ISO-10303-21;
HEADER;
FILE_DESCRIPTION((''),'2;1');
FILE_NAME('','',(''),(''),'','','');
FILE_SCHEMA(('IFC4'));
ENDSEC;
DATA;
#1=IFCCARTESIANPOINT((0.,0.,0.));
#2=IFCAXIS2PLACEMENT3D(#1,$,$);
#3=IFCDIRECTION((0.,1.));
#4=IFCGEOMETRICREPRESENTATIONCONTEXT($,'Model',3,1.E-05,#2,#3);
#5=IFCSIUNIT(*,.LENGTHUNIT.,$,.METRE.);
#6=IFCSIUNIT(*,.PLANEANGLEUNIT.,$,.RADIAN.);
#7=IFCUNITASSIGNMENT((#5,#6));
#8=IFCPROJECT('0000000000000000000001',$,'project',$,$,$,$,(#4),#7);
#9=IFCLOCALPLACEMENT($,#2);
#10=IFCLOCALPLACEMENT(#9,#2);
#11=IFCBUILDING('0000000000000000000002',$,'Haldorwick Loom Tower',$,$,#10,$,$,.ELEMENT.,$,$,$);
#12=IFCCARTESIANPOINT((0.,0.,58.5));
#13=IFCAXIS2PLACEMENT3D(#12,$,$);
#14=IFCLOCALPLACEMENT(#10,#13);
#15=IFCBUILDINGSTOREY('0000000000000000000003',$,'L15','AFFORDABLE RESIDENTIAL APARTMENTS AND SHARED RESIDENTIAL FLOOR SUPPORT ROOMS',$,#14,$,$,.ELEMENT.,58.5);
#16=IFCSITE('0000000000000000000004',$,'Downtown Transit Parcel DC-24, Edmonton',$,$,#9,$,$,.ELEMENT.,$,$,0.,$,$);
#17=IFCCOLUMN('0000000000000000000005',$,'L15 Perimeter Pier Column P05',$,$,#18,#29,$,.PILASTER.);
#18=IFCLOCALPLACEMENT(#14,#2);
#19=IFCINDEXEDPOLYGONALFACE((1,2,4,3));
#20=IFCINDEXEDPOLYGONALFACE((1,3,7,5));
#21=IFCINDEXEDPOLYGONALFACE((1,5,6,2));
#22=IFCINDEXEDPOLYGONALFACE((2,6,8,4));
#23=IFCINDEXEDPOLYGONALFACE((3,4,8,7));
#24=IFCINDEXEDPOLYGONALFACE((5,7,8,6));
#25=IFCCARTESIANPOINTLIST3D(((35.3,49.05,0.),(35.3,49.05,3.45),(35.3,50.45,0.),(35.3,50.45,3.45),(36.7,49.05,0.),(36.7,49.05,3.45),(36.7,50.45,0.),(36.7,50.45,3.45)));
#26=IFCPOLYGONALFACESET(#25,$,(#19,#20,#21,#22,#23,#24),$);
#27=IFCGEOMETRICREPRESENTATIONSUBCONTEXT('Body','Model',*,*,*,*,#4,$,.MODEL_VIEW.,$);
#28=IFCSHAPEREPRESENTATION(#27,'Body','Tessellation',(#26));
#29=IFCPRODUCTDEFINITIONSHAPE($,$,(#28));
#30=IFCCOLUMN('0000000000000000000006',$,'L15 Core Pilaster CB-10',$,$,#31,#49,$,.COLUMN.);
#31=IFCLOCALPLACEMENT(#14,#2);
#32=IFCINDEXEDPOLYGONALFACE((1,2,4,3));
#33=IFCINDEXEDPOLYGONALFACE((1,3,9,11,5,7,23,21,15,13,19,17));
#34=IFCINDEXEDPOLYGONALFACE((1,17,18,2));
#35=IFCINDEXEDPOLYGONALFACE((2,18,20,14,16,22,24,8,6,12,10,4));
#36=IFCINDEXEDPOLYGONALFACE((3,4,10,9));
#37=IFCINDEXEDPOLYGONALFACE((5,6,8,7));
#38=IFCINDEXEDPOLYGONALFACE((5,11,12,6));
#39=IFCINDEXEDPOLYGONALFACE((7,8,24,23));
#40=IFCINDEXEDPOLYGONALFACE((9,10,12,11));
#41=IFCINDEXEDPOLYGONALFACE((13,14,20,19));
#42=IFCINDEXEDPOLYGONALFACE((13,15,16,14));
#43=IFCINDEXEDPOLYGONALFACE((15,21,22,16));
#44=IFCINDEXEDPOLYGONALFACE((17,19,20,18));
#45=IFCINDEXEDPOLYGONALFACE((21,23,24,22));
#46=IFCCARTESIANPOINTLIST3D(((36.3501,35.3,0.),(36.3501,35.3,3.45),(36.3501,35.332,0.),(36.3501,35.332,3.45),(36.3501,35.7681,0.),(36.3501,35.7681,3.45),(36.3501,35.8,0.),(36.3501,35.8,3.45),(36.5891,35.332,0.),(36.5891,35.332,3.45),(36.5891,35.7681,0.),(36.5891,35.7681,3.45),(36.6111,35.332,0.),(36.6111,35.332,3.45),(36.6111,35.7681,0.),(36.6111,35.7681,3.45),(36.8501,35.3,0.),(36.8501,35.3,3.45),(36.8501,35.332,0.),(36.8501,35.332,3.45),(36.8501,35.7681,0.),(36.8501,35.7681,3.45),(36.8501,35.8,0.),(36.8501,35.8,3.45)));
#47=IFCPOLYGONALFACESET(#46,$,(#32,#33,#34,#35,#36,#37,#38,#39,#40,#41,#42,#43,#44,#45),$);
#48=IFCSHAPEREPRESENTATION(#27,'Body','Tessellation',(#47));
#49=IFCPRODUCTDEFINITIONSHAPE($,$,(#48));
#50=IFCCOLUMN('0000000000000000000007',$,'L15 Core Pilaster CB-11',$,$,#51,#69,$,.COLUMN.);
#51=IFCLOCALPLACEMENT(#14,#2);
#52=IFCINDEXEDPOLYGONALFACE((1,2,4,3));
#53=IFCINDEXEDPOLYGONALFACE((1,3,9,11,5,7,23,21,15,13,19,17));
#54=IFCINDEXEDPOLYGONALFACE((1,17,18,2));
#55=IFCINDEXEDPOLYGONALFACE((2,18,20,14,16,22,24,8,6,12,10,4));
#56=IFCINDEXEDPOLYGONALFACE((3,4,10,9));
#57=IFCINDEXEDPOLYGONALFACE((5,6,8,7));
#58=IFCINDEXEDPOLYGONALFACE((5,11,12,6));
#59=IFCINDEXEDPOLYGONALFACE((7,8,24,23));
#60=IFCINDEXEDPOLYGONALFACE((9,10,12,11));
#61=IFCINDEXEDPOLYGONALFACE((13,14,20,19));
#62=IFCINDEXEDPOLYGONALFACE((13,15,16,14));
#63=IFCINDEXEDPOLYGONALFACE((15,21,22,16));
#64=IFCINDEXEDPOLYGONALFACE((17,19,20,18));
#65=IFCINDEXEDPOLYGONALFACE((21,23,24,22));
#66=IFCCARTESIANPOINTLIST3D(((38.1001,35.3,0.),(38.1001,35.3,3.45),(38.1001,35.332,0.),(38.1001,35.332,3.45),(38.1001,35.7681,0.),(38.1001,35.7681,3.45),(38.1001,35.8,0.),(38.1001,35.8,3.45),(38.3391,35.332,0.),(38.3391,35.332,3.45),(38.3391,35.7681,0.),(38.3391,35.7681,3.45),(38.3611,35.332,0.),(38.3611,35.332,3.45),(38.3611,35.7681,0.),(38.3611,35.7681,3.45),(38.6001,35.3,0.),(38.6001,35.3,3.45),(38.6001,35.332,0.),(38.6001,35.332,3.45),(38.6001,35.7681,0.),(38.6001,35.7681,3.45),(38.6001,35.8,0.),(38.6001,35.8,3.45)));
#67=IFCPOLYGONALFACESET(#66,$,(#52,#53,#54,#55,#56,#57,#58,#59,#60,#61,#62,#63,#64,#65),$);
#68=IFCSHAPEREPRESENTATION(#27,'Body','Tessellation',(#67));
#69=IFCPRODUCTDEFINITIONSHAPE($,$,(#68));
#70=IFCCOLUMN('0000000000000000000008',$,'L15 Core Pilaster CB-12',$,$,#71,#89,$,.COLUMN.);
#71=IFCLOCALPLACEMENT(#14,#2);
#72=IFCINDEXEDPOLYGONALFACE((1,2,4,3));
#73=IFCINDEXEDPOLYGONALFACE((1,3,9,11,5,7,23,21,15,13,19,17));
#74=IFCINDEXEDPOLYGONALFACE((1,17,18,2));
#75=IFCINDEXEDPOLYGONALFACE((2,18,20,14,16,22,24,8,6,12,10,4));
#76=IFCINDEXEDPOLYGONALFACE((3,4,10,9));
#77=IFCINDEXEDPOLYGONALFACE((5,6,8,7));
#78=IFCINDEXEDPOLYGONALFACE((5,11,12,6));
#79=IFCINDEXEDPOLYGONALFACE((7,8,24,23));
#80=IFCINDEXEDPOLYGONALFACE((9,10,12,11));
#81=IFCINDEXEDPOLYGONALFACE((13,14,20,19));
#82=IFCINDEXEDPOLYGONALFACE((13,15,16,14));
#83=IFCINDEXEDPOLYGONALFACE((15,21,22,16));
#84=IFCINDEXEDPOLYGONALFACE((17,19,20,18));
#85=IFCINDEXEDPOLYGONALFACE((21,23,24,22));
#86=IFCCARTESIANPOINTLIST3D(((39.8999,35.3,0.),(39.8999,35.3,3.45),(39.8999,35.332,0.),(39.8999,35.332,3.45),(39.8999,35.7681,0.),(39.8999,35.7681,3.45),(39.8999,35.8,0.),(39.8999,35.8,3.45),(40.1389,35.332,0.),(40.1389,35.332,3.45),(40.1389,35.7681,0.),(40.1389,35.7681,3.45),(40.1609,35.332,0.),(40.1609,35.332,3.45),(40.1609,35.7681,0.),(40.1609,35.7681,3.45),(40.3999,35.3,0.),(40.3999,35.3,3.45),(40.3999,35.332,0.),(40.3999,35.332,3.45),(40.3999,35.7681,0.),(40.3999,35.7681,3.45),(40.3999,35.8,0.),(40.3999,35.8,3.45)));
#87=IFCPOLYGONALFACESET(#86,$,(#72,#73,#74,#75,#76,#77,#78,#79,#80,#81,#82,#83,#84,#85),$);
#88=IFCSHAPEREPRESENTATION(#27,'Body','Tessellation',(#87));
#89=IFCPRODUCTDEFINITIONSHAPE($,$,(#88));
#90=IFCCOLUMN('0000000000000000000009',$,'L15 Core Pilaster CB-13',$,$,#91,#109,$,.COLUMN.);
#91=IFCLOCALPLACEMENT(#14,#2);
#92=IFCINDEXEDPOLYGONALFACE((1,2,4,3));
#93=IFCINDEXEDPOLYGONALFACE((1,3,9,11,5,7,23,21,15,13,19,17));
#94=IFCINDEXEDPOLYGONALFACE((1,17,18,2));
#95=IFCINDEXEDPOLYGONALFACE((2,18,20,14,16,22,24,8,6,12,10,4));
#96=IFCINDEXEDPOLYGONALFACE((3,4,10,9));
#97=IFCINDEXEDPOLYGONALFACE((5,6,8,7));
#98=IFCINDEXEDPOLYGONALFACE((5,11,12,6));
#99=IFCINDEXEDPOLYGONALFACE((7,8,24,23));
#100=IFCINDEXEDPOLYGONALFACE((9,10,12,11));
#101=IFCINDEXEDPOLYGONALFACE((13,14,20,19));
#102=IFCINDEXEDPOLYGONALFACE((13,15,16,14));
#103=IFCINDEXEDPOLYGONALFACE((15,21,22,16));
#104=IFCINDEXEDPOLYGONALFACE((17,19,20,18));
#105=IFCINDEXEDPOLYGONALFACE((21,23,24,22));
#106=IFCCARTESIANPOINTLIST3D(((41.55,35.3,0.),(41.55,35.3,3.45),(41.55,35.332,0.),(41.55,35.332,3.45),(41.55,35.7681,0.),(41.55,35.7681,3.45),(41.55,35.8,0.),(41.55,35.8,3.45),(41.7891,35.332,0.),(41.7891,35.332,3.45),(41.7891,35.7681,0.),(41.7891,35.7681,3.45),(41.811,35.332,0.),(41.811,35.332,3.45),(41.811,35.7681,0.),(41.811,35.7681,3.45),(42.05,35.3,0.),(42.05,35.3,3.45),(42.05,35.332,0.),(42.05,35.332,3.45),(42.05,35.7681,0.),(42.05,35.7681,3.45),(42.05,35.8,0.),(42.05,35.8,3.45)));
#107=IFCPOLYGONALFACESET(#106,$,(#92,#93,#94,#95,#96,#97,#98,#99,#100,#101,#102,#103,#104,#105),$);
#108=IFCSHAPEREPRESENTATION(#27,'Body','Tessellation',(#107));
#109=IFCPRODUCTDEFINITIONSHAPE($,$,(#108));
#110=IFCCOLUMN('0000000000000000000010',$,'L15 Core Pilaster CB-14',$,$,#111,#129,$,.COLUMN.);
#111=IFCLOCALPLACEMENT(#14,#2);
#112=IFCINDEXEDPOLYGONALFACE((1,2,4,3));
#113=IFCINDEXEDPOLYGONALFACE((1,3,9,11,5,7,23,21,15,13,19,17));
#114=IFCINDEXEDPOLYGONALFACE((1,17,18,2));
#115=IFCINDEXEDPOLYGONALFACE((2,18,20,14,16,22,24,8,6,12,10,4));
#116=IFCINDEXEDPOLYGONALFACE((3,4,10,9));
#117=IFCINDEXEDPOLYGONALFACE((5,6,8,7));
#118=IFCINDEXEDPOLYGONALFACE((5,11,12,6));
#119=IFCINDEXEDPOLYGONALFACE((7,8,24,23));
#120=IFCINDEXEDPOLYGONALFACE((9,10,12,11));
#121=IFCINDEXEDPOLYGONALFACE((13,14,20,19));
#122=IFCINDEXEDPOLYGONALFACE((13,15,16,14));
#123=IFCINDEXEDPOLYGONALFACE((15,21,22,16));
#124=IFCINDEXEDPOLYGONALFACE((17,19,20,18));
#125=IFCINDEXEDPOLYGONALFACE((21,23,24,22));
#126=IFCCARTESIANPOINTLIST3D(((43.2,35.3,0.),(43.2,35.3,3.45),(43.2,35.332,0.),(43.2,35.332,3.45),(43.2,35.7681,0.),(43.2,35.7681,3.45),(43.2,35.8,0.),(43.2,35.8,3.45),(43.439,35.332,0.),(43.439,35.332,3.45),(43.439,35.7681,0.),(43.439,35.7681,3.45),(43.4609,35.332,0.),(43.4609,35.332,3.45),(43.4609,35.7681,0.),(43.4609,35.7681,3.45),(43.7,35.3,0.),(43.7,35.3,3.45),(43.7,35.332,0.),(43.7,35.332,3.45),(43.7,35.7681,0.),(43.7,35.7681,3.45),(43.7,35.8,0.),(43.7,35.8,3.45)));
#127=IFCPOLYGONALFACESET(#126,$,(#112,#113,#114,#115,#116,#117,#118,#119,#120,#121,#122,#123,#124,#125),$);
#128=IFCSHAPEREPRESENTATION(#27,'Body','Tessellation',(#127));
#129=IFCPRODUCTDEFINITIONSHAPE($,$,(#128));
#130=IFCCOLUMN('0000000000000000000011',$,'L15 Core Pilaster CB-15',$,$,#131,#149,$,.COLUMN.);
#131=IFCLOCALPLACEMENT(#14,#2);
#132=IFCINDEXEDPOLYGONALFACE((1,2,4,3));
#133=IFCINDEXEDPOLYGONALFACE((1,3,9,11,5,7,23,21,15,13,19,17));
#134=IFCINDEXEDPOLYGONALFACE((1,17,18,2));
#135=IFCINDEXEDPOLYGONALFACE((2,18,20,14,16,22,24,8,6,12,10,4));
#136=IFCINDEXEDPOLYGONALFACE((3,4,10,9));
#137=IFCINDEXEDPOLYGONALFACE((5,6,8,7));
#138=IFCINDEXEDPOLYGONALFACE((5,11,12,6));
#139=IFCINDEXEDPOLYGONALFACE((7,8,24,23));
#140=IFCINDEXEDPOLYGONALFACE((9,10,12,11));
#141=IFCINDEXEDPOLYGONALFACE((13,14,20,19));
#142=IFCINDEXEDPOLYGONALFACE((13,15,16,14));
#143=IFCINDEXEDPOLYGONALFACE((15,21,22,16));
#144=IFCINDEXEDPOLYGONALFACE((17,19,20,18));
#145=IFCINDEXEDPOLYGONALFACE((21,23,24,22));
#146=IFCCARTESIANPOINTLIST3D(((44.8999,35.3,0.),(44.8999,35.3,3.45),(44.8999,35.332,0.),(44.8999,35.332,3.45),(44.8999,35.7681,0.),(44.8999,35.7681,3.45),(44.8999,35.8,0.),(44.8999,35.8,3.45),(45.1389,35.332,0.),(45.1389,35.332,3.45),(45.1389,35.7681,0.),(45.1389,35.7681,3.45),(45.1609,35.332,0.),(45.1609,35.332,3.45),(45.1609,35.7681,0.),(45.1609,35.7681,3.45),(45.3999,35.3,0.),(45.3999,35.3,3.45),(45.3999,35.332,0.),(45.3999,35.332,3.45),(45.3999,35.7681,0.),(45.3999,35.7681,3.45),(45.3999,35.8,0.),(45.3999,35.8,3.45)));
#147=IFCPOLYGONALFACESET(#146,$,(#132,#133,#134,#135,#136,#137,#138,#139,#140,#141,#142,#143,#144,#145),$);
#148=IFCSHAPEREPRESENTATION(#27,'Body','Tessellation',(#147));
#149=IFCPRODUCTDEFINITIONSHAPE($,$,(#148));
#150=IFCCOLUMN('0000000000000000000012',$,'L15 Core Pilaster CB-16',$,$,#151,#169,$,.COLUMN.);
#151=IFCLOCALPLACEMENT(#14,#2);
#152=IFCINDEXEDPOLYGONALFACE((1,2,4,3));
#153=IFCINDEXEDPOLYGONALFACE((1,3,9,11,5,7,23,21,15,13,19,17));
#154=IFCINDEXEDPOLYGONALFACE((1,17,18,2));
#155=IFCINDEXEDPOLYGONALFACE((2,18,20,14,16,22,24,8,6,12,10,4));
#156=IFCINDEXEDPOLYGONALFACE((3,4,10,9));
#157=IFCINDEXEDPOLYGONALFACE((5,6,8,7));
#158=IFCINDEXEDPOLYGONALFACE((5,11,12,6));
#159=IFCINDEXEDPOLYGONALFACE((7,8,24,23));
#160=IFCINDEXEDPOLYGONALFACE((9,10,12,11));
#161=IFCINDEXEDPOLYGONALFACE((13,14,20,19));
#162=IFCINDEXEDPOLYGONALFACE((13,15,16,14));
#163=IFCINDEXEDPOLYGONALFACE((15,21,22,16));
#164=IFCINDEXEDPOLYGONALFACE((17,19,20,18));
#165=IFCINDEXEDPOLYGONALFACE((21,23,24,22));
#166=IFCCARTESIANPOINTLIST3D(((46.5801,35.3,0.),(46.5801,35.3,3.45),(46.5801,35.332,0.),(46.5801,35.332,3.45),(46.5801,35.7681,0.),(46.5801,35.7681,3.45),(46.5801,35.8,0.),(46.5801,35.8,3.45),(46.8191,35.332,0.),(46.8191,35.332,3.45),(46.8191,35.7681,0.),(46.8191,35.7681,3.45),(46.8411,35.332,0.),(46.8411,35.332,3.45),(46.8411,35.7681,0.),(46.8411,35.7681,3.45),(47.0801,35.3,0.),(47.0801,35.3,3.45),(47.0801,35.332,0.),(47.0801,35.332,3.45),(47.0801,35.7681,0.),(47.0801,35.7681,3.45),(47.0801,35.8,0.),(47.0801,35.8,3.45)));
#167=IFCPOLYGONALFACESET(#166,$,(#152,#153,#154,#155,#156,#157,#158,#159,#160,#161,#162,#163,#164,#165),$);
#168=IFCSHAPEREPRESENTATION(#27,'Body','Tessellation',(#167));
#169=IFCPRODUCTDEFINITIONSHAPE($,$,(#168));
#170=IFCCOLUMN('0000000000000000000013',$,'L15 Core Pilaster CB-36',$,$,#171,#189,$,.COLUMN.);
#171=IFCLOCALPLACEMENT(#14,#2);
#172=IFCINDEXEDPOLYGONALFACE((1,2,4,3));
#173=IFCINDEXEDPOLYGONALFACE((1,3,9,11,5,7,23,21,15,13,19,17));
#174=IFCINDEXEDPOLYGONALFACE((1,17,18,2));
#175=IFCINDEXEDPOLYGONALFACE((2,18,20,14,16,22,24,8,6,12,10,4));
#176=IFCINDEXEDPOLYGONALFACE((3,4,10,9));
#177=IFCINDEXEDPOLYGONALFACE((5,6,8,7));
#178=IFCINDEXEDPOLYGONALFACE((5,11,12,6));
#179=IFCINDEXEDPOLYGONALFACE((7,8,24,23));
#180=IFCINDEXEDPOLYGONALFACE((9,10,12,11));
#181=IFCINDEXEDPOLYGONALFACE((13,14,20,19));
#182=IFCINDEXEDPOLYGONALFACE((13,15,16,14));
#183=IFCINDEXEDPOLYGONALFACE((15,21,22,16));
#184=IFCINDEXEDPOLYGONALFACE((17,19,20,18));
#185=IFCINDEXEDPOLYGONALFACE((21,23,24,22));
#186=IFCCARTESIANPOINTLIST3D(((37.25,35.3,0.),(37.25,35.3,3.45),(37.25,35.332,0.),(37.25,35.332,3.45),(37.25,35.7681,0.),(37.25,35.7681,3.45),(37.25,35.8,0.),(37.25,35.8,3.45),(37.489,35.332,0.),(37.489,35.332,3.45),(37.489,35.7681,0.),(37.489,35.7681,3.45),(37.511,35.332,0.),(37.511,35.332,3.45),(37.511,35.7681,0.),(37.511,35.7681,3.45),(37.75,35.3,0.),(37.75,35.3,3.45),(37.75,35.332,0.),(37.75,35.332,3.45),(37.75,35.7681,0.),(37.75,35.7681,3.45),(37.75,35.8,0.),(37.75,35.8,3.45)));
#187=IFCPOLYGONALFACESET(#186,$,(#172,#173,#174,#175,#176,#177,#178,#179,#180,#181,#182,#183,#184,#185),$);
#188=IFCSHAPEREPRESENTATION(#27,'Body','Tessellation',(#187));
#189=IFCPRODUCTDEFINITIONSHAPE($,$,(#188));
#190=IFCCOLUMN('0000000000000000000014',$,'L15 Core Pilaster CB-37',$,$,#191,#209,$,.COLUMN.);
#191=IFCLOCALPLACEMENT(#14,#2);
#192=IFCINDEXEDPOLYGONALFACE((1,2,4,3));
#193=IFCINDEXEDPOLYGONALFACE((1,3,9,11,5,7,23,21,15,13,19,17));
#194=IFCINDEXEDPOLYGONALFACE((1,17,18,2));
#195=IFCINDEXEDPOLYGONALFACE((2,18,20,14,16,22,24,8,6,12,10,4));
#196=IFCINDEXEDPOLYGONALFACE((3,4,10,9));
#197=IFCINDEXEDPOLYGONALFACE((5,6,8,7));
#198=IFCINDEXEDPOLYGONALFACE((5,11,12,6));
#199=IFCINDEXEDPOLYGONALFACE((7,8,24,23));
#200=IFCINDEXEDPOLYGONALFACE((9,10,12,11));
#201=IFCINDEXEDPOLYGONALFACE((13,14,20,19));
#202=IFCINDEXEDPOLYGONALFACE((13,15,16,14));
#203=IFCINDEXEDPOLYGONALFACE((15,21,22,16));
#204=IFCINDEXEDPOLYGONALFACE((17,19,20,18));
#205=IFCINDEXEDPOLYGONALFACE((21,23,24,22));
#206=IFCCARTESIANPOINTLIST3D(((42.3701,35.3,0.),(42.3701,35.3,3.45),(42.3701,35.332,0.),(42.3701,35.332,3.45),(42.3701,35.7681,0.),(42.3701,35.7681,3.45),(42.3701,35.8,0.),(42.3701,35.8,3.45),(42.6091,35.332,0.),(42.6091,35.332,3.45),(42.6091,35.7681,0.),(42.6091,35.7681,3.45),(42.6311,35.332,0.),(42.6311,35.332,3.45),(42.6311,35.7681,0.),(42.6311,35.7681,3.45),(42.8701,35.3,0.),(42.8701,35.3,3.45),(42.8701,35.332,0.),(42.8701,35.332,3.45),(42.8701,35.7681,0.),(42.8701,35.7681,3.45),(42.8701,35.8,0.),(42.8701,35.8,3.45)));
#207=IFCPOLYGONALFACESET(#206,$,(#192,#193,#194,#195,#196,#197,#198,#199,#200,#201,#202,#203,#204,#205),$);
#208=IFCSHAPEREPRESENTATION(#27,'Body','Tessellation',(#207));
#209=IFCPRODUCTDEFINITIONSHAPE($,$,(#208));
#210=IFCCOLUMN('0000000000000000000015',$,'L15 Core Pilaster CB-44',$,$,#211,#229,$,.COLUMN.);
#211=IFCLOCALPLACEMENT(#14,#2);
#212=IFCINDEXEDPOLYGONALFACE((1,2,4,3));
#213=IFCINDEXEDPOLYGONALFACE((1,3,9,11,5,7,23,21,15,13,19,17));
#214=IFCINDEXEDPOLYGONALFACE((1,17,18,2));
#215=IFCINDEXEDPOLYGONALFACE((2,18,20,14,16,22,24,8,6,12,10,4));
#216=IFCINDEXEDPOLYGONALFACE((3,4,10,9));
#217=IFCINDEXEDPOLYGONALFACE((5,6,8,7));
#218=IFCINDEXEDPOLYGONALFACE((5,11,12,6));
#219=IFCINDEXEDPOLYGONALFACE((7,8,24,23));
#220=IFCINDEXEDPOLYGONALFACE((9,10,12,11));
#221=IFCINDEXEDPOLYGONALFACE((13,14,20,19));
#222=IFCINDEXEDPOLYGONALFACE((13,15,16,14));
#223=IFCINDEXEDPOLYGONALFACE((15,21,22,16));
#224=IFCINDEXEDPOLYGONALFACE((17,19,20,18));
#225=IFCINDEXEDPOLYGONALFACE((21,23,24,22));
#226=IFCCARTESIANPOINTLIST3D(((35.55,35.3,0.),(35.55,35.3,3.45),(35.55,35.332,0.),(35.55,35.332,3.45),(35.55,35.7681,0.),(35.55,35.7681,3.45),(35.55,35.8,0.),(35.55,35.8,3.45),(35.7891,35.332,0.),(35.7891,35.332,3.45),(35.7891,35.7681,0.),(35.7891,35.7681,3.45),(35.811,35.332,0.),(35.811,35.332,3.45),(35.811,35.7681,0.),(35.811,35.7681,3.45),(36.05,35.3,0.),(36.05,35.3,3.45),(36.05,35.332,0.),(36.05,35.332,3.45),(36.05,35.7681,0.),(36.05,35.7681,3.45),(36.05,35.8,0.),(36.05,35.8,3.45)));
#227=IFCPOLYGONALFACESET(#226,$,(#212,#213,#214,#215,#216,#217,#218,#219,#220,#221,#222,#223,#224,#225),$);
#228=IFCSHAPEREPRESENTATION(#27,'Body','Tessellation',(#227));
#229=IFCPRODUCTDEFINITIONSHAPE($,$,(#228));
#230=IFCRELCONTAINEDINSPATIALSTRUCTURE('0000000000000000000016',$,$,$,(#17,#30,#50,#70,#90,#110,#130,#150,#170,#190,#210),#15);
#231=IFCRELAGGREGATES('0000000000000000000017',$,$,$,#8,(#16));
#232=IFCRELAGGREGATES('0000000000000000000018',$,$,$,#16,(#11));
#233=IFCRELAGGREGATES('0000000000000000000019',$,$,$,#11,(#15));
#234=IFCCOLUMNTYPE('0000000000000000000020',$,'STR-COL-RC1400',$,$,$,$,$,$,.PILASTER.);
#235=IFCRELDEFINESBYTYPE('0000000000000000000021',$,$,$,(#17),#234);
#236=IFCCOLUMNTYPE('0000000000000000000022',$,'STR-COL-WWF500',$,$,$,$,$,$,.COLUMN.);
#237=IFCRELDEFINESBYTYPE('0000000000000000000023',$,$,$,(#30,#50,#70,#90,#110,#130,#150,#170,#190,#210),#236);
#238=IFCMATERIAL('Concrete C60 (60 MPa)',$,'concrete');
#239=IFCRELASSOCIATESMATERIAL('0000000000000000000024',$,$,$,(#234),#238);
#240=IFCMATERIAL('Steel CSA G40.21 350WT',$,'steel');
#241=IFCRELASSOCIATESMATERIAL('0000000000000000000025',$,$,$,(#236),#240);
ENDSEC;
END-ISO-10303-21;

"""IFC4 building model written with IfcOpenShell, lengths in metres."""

from ifc_helpers import new_model, si_unit, direction, frame, origin, origin_2d, place, context, subcontext, project, spatial, rectangle, i_section, extrude, material, material_profile, profile_set, type_object, element, save


model = new_model("IFC4")

# Units and contexts
model_context = context("Model", 3, precision=1e-05, world=origin(), true_north=direction((0.0, 1.0)))
body_context = subcontext(model_context, "Body", "Model", "MODEL_VIEW")
ifc_project = project(units=[si_unit("LENGTHUNIT", "METRE"), si_unit("PLANEANGLEUNIT", "RADIAN")], contexts=[model_context])

# Site, building, storey
site_placement = place(None, origin())
site = spatial("IfcSite", under=ifc_project, at=site_placement, Name="Downtown Transit Parcel DC-24, Edmonton", CompositionType="ELEMENT", RefElevation=0.0)
building_placement = place(site_placement, origin())
building = spatial("IfcBuilding", under=site, at=building_placement, Name="Haldorwick Loom Tower", CompositionType="ELEMENT")
storey_placement = place(building_placement, frame((0.0, 0.0, 58.5)))
storey = spatial("IfcBuildingStorey", under=building, at=storey_placement, Name="L15", Description="AFFORDABLE RESIDENTIAL APARTMENTS AND SHARED RESIDENTIAL FLOOR SUPPORT ROOMS", CompositionType="ELEMENT", Elevation=58.5)

# Columns
ifc_material_1 = material(Name="Concrete C60 (60 MPa)", Category="concrete")
ifc_material_profile_1 = material_profile(ifc_material_1, rectangle(XDim=1.3999, YDim=1.3999, at=origin_2d()), Name="RC1400X1400", Category="concrete")
ifc_profile_set_1 = profile_set([ifc_material_profile_1], Name="Concrete C60 (60 MPa)")
column_type_1 = type_object("IfcColumnType", Name="STR-COL-RC1400", PredefinedType="PILASTER", material=ifc_profile_set_1)
column_placement = place(storey_placement, frame((36.0, 49.75, 0.0), z_axis=(0.0, 0.0, 1.0), x_axis=(0.0, 1.0, 0.0)))
element("IfcColumn", 1, at=column_placement, inside=storey, type_object=column_type_1, Name="L15 Perimeter Pier Column P05", PredefinedType="PILASTER", context=body_context, shape_type="SweptSolid", body=[
    extrude(rectangle(XDim=1.3999, YDim=1.3999, at=origin_2d()), origin(), (0.0, 0.0, 1.0), 3.45),
])
ifc_material_2 = material(Name="Steel CSA G40.21 350WT", Category="steel")
ifc_material_profile_2 = material_profile(ifc_material_2, i_section(OverallWidth=0.5, OverallDepth=0.5, WebThickness=0.022, FlangeThickness=0.032, at=origin_2d()), Name="WWF500X500", Category="steel")
ifc_profile_set_2 = profile_set([ifc_material_profile_2], Name="Steel CSA G40.21 350WT")
column_type_2 = type_object("IfcColumnType", Name="STR-COL-WWF500", PredefinedType="COLUMN", material=ifc_profile_set_2)
for number, where, z_axis, x_axis, name in (
    (2, (36.6001, 35.55, 0.0), (0.0, 0.0, 1.0), (1.0, 0.0, 0.0), "L15 Core Pilaster CB-10"),
    (3, (38.3501, 35.55, 0.0), (0.0, 0.0, 1.0), (1.0, 0.0, 0.0), "L15 Core Pilaster CB-11"),
    (4, (40.1499, 35.55, 0.0), (0.0, 0.0, 1.0), (1.0, 0.0, 0.0), "L15 Core Pilaster CB-12"),
    (5, (41.8, 35.55, 0.0), (0.0, 0.0, 1.0), (1.0, 0.0, 0.0), "L15 Core Pilaster CB-13"),
    (6, (43.45, 35.55, 0.0), (0.0, 0.0, 1.0), (1.0, 0.0, 0.0), "L15 Core Pilaster CB-14"),
    (7, (45.1499, 35.55, 0.0), (0.0, 0.0, 1.0), (1.0, 0.0, 0.0), "L15 Core Pilaster CB-15"),
    (8, (46.8301, 35.55, 0.0), (0.0, 0.0, 1.0), (1.0, 0.0, 0.0), "L15 Core Pilaster CB-16"),
    (9, (37.5, 35.55, 0.0), (0.0, 0.0, 1.0), (1.0, 0.0, 0.0), "L15 Core Pilaster CB-36"),
    (10, (42.6201, 35.55, 0.0), (0.0, 0.0, 1.0), (1.0, 0.0, 0.0), "L15 Core Pilaster CB-37"),
    (11, (35.8, 35.55, 0.0), (0.0, 0.0, 1.0), (1.0, 0.0, 0.0), "L15 Core Pilaster CB-44"),
):
    element("IfcColumn", number, at=place(storey_placement, frame(where, z_axis=z_axis, x_axis=x_axis)), inside=storey, type_object=column_type_2, Name=name, PredefinedType="COLUMN", context=body_context, shape_type="SweptSolid", body=[
        extrude(i_section(OverallWidth=0.5, OverallDepth=0.5, WebThickness=0.022, FlangeThickness=0.032, at=origin_2d()), origin(), (0.0, 0.0, 1.0), 3.45),
    ])

save(model, "model.ifc")
